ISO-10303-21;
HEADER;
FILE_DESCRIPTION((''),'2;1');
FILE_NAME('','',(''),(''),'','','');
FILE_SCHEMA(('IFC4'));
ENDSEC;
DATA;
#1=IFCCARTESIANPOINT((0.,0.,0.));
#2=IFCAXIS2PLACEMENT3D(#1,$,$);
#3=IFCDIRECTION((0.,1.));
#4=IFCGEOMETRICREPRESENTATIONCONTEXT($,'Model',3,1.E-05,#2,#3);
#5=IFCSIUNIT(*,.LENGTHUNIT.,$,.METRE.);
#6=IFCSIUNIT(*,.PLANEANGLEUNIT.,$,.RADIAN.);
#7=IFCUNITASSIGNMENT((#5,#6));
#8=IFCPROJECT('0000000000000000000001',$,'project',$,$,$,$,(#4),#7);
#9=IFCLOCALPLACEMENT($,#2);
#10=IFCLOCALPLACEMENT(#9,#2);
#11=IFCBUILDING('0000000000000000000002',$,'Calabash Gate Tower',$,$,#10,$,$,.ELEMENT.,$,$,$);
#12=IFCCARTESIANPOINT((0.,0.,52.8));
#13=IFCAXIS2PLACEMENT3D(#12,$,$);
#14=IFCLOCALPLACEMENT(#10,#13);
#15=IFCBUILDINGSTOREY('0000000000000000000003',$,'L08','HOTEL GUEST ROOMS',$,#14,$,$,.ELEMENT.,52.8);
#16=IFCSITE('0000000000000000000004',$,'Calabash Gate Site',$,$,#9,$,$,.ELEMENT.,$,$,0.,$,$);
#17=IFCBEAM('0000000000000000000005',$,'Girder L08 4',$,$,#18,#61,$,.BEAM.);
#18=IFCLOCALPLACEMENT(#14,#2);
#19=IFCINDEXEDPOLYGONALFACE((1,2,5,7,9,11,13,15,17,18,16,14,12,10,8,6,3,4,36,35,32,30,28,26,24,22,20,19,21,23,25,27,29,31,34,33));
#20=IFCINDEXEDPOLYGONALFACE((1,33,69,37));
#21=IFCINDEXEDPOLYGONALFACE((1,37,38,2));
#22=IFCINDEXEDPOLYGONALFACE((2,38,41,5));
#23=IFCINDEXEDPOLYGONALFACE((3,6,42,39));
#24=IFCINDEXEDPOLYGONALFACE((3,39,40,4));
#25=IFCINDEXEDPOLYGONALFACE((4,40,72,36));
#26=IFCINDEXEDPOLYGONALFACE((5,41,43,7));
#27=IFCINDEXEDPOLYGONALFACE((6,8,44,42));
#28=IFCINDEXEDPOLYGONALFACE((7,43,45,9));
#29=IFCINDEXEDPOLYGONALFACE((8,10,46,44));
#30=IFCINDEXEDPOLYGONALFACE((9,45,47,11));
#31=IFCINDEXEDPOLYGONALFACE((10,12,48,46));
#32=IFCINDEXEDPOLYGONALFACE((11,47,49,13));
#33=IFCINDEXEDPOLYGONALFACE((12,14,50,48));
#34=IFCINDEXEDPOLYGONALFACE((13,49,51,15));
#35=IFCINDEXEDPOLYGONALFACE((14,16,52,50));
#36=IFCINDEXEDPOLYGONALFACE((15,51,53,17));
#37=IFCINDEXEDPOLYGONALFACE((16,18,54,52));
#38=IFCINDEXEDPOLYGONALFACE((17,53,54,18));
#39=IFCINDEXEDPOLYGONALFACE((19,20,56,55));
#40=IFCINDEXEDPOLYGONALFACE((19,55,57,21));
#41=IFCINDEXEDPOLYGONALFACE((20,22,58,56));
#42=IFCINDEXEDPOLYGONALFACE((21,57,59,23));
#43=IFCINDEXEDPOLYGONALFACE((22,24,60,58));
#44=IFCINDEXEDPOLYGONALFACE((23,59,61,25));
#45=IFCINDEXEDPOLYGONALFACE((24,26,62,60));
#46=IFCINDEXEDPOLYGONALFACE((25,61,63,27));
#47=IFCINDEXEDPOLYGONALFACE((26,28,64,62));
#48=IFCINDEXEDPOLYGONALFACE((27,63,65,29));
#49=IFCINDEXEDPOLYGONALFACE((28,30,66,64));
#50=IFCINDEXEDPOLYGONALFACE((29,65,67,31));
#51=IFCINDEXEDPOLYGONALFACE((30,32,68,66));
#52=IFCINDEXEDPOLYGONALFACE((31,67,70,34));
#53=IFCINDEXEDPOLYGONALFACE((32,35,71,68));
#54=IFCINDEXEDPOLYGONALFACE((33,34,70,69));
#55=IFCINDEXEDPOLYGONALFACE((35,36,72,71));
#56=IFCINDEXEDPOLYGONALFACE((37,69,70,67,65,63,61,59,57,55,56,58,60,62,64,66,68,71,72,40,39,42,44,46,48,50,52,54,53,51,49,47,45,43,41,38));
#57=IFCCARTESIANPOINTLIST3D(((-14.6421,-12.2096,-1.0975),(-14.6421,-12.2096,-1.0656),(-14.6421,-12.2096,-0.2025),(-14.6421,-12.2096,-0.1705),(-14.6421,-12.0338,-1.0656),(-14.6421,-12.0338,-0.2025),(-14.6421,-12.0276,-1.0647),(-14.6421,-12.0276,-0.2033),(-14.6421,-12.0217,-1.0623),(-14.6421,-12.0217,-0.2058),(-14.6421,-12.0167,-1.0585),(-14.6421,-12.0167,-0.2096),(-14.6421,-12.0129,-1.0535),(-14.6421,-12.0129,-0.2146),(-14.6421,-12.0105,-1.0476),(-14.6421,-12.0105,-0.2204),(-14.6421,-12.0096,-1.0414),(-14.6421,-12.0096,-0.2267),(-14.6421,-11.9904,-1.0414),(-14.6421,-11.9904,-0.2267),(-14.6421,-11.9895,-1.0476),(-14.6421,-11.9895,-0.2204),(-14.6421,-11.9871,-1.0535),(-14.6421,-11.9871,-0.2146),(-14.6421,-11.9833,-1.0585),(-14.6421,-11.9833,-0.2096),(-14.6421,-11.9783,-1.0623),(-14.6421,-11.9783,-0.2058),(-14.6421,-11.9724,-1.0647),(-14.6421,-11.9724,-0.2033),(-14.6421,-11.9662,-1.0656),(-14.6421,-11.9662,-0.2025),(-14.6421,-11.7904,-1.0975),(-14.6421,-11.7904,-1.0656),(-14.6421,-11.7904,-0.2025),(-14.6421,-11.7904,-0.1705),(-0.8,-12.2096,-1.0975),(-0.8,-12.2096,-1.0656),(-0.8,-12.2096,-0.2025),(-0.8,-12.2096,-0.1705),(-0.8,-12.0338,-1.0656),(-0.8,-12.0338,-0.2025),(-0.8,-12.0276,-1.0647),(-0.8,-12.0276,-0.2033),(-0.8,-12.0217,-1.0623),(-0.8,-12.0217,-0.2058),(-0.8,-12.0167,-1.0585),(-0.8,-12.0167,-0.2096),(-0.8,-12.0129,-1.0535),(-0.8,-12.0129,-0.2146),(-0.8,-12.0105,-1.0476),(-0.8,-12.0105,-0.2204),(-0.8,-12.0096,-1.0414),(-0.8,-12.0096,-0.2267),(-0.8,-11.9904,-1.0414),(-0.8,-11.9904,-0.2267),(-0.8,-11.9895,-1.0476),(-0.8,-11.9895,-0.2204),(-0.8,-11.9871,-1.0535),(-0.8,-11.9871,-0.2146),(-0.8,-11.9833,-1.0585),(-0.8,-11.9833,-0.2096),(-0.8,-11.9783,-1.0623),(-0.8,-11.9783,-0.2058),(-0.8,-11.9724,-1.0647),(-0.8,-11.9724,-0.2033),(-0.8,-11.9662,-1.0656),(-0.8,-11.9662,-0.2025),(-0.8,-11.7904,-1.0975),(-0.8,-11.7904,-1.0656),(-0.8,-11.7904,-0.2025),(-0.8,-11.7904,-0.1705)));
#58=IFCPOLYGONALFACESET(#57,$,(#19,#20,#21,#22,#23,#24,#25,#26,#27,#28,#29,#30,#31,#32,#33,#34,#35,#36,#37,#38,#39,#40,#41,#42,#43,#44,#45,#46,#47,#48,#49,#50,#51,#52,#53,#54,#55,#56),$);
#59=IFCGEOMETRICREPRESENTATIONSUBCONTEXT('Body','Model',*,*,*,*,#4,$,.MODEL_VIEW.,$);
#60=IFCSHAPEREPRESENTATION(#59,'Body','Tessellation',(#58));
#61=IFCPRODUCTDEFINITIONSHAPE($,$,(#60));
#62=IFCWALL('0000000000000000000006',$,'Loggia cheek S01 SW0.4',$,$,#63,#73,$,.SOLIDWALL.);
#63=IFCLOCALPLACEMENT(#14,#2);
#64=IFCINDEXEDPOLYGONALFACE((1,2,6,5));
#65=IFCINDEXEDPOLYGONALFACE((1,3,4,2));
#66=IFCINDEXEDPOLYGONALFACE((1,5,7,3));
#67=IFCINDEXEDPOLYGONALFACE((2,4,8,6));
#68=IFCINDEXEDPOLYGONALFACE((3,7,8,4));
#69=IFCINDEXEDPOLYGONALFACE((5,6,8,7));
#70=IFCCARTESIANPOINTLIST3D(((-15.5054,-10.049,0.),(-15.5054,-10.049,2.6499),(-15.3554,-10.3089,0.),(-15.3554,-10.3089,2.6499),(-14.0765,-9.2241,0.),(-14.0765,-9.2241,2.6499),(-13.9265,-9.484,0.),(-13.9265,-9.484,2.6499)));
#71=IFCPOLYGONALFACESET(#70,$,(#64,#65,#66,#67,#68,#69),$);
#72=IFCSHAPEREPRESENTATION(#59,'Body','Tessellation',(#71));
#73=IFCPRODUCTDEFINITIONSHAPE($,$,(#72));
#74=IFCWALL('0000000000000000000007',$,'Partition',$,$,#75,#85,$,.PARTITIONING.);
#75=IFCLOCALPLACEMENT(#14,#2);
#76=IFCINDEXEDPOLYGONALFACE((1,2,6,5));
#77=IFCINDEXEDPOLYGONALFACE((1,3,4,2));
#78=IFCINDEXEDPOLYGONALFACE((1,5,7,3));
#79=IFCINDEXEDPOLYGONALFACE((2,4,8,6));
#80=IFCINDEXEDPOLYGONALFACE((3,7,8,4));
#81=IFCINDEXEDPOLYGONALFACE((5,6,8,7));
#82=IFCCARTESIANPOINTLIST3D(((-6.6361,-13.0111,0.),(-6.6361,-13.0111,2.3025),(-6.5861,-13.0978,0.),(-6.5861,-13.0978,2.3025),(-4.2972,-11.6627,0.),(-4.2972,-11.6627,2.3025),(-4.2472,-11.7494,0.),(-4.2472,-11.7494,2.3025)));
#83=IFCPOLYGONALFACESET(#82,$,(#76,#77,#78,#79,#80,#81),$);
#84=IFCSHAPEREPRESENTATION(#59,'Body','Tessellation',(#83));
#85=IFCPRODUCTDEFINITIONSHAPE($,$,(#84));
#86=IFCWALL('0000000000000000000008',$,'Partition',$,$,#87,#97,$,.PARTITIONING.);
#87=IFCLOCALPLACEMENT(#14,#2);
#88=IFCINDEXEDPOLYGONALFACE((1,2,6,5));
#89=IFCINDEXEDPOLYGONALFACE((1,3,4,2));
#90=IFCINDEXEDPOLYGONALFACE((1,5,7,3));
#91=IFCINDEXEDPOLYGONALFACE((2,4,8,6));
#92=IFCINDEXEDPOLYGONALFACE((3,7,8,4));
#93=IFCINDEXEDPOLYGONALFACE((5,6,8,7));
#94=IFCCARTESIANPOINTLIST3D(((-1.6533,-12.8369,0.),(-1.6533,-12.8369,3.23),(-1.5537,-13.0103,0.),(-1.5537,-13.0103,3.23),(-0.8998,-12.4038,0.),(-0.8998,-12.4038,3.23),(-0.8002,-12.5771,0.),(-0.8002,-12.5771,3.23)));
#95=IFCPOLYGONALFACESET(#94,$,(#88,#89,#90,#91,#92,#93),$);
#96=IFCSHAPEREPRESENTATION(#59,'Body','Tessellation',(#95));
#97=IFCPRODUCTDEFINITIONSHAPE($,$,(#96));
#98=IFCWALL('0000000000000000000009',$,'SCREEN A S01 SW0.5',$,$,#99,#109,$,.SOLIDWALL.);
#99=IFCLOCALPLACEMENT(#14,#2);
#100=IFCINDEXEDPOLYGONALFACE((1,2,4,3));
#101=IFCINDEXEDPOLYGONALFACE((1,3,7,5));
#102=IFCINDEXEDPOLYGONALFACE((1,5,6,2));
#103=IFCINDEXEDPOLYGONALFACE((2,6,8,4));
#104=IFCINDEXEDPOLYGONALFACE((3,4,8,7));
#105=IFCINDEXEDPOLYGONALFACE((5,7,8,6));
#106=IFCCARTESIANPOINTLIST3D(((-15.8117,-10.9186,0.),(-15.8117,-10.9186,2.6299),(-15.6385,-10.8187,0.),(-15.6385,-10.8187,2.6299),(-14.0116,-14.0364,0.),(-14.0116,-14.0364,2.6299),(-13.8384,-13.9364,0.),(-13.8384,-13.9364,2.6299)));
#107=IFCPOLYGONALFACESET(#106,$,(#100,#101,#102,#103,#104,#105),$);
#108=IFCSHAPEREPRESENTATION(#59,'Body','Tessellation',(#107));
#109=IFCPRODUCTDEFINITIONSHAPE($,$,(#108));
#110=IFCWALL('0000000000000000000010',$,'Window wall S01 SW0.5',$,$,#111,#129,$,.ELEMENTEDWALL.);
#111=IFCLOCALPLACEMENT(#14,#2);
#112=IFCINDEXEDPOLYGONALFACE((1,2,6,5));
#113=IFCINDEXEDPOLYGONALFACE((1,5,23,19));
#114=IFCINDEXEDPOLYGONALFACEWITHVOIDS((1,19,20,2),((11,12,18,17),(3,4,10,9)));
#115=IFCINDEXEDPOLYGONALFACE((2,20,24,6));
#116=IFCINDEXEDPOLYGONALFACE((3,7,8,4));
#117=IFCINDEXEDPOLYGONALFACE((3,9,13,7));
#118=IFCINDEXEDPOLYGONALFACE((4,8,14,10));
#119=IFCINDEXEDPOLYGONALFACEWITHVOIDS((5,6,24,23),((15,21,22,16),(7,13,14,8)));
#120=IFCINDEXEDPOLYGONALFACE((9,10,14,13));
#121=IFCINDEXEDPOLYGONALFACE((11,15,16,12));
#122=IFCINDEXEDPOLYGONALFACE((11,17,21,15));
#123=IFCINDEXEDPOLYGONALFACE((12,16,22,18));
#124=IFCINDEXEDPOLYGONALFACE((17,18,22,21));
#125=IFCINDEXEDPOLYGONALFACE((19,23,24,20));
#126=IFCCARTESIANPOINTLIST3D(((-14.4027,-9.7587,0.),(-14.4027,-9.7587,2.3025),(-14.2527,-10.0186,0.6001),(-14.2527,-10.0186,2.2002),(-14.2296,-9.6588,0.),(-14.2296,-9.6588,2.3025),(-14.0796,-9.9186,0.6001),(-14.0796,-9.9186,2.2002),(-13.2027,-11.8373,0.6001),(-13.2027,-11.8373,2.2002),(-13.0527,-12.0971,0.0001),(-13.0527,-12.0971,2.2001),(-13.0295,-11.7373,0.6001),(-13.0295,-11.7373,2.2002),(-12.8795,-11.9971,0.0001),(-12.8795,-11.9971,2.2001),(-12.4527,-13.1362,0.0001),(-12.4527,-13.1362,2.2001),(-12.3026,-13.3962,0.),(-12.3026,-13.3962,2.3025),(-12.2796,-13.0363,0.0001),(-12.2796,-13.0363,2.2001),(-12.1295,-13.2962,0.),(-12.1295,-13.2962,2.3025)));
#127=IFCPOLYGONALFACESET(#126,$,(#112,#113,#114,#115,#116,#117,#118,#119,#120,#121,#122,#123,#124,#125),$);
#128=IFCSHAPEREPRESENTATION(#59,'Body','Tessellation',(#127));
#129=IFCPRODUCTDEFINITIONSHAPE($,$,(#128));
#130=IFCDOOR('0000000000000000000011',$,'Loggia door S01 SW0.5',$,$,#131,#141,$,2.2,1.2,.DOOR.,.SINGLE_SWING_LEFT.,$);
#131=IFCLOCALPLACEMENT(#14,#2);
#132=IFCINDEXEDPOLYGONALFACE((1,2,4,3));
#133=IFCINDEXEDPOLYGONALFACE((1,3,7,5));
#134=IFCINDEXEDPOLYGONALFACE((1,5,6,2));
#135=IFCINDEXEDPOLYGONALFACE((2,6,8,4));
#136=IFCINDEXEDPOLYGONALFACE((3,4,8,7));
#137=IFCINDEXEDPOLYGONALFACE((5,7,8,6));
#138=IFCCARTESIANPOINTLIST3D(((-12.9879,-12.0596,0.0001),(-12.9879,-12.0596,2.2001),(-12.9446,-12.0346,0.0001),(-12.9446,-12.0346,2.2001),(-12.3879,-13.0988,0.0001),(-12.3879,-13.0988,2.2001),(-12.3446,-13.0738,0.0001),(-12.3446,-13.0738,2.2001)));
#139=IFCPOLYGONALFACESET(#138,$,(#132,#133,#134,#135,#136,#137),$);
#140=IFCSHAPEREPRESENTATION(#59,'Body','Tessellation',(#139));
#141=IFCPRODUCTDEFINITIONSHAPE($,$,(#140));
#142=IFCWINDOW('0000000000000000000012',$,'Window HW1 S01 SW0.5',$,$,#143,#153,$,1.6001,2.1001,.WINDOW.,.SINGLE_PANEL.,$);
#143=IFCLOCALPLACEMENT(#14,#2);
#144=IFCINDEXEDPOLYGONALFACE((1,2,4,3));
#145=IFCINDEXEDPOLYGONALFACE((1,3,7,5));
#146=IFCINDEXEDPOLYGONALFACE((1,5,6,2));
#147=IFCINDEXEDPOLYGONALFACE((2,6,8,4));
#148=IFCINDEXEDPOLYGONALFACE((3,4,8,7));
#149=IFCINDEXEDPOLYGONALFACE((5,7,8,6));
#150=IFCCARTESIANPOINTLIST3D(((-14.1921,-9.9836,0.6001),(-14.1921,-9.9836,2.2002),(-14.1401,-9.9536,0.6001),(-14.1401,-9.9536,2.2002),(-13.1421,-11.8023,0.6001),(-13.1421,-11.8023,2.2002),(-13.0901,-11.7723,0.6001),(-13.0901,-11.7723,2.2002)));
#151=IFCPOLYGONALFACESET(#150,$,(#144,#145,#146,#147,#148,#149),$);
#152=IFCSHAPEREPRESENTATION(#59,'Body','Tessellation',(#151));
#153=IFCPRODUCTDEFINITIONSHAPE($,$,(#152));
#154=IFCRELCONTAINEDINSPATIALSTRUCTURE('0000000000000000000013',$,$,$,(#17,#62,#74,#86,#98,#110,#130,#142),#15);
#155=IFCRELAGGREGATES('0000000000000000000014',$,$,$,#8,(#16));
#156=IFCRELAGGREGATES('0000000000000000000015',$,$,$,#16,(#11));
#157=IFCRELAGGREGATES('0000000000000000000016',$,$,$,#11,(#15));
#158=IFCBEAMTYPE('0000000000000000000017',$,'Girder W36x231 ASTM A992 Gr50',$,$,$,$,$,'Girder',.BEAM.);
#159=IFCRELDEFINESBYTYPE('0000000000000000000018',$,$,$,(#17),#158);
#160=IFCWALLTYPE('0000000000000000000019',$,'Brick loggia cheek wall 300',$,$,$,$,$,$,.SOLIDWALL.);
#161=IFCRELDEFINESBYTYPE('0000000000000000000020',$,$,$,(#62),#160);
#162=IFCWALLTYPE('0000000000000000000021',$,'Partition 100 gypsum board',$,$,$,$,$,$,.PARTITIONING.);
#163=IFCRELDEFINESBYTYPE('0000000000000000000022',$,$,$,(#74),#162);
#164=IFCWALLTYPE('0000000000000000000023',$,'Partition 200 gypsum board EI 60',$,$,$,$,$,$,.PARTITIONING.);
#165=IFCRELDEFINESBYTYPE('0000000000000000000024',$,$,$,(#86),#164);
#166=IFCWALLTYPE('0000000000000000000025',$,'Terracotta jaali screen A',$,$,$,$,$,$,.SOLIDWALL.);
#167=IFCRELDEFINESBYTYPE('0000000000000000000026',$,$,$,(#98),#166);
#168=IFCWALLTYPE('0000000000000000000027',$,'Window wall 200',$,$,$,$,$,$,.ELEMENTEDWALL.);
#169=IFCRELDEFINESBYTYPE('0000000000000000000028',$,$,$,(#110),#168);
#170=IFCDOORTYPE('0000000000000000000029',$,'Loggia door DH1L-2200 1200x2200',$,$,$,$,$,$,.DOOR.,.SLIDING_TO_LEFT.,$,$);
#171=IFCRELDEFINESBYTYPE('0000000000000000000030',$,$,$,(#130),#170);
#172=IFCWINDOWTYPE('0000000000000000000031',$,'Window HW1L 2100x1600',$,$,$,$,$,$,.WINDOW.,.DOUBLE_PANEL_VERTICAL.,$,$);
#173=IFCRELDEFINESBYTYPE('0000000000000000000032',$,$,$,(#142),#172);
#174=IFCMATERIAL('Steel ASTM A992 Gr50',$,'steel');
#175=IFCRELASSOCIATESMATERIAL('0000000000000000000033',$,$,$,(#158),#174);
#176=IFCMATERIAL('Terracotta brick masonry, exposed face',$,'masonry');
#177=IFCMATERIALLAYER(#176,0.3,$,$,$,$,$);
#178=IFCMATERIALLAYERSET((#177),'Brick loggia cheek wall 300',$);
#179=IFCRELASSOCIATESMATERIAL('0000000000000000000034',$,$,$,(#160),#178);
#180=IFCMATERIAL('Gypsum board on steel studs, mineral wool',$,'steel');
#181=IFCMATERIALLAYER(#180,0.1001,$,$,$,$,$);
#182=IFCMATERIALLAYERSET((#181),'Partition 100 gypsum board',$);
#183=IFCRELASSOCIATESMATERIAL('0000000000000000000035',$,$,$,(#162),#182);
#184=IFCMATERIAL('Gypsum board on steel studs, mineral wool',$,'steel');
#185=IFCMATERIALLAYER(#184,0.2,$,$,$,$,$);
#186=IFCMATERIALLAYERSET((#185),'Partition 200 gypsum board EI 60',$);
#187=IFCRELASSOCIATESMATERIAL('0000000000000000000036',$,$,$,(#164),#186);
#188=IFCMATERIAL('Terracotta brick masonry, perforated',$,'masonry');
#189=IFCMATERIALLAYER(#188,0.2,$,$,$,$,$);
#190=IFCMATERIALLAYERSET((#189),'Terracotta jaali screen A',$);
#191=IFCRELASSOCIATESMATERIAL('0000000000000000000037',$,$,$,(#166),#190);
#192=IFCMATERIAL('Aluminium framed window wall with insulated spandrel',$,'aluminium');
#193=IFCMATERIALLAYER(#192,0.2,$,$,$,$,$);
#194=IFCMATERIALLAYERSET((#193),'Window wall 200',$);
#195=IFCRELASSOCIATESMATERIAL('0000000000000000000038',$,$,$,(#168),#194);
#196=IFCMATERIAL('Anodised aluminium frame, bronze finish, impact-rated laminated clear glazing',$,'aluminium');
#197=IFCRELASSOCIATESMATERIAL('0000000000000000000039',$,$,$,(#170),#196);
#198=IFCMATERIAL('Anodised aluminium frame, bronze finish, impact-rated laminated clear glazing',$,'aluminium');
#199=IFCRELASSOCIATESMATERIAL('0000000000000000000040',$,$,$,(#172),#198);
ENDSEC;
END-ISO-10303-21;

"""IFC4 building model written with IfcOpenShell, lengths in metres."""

from ifc_helpers import new_model, si_unit, direction, frame, frame_2d, origin, origin_2d, place, context, subcontext, project, spatial, rectangle, i_section, extrude, material, layer, layer_set, material_profile, profile_set, type_object, element, fill, save


model = new_model("IFC4")

# Units and contexts
model_context = context("Model", 3, precision=1e-05, world=origin(), true_north=direction((0.0, 1.0)))
body_context = subcontext(model_context, "Body", "Model", "MODEL_VIEW")
ifc_project = project(units=[si_unit("LENGTHUNIT", "METRE"), si_unit("PLANEANGLEUNIT", "RADIAN")], contexts=[model_context])

# Site, building, storey
site_placement = place(None, origin())
site = spatial("IfcSite", under=ifc_project, at=site_placement, Name="Calabash Gate Site", CompositionType="ELEMENT", RefElevation=0.0)
building_placement = place(site_placement, origin())
building = spatial("IfcBuilding", under=site, at=building_placement, Name="Calabash Gate Tower", CompositionType="ELEMENT")
storey_placement = place(building_placement, frame((0.0, 0.0, 52.8)))
storey = spatial("IfcBuildingStorey", under=building, at=storey_placement, Name="L08", Description="HOTEL GUEST ROOMS", CompositionType="ELEMENT", Elevation=52.8)

# Beam
ifc_material_1 = material(Name="Steel ASTM A992 Gr50", Category="steel")
ifc_material_profile_1 = material_profile(ifc_material_1, i_section(OverallWidth=0.4192, OverallDepth=0.927, WebThickness=0.0193, FlangeThickness=0.032, FilletRadius=0.0242, at=origin_2d()))
ifc_profile_set_1 = profile_set([ifc_material_profile_1], Name="Steel ASTM A992 Gr50")
beam_type_1 = type_object("IfcBeamType", Name="Girder W36x231 ASTM A992 Gr50", ElementType="Girder", PredefinedType="BEAM", material=ifc_profile_set_1)
beam_1_placement = place(storey_placement, frame((-14.6421, -12.0, -0.634), z_axis=(1.0, 0.0, 0.0), x_axis=(0.0, 1.0, 0.0)))
element("IfcBeam", 1, at=beam_1_placement, inside=storey, type_object=beam_type_1, Name="Girder L08 4", PredefinedType="BEAM", context=body_context, shape_type="SweptSolid", body=[
    extrude(i_section(OverallWidth=0.4192, OverallDepth=0.927, WebThickness=0.0193, FlangeThickness=0.032, FilletRadius=0.0242, at=origin_2d()), origin(), (0.0, 0.0, 1.0), 13.842),
])

# Walls
ifc_material_2 = material(Name="Terracotta brick masonry, exposed face", Category="masonry")
ifc_layer_1 = layer(ifc_material_2, 0.3)
ifc_layer_set_1 = layer_set([ifc_layer_1], Name="Brick loggia cheek wall 300")
wall_type_1 = type_object("IfcWallType", Name="Brick loggia cheek wall 300", PredefinedType="SOLIDWALL", material=ifc_layer_set_1)
wall_1_placement = place(storey_placement, frame((-15.4304, -10.179, 0.0), z_axis=(0.0, 0.0, 1.0), x_axis=(0.86604, 0.499974, 0.0)))
element("IfcWall", 2, at=wall_1_placement, inside=storey, type_object=wall_type_1, Name="Loggia cheek S01 SW0.4", PredefinedType="SOLIDWALL", context=body_context, shape_type="SweptSolid", body=[
    extrude(rectangle(XDim=1.6499, YDim=0.3, at=frame_2d((0.825, 0.0))), origin(), (0.0, 0.0, 1.0), 2.6499),
])
ifc_material_3 = material(Name="Gypsum board on steel studs, mineral wool", Category="steel")
ifc_layer_2 = layer(ifc_material_3, 0.1001)
ifc_layer_set_2 = layer_set([ifc_layer_2], Name="Partition 100 gypsum board")
wall_type_2 = type_object("IfcWallType", Name="Partition 100 gypsum board", PredefinedType="PARTITIONING", material=ifc_layer_set_2)
wall_2_placement = place(storey_placement, frame((-6.6111, -13.0544, 0.0), z_axis=(0.0, 0.0, 1.0), x_axis=(0.866339, 0.499456, 0.0)))
element("IfcWall", 3, at=wall_2_placement, inside=storey, type_object=wall_type_2, Name="Partition", PredefinedType="PARTITIONING", context=body_context, shape_type="SweptSolid", body=[
    extrude(rectangle(XDim=2.6997, YDim=0.1001, at=frame_2d((1.3499, 0.0))), origin(), (0.0, 0.0, 1.0), 2.3025),
])
ifc_material_4 = material(Name="Gypsum board on steel studs, mineral wool", Category="steel")
ifc_layer_3 = layer(ifc_material_4, 0.2)
ifc_layer_set_3 = layer_set([ifc_layer_3], Name="Partition 200 gypsum board EI 60")
wall_type_3 = type_object("IfcWallType", Name="Partition 200 gypsum board EI 60", PredefinedType="PARTITIONING", material=ifc_layer_set_3)
wall_3_placement = place(storey_placement, frame((-1.6035, -12.9236, 0.0), z_axis=(0.0, 0.0, 1.0), x_axis=(0.866961, 0.498376, 0.0)))
element("IfcWall", 4, at=wall_3_placement, inside=storey, type_object=wall_type_3, Name="Partition", PredefinedType="PARTITIONING", context=body_context, shape_type="SweptSolid", body=[
    extrude(rectangle(XDim=0.8691, YDim=0.2, at=frame_2d((0.4346, 0.0))), origin(), (0.0, 0.0, 1.0), 3.23),
])
ifc_material_5 = material(Name="Terracotta brick masonry, perforated", Category="masonry")
ifc_layer_4 = layer(ifc_material_5, 0.2)
ifc_layer_set_4 = layer_set([ifc_layer_4], Name="Terracotta jaali screen A")
wall_type_4 = type_object("IfcWallType", Name="Terracotta jaali screen A", PredefinedType="SOLIDWALL", material=ifc_layer_set_4)
wall_4_placement = place(storey_placement, frame((-15.7251, -10.8687, 0.0), z_axis=(0.0, 0.0, 1.0), x_axis=(0.500012, -0.866018, 0.0)))
element("IfcWall", 5, at=wall_4_placement, inside=storey, type_object=wall_type_4, Name="SCREEN A S01 SW0.5", PredefinedType="SOLIDWALL", context=body_context, shape_type="SweptSolid", body=[
    extrude(rectangle(XDim=3.6001, YDim=0.2, at=frame_2d((1.8, 0.0))), origin(), (0.0, 0.0, 1.0), 2.6299),
])

# Wall, openings, door, window
ifc_material_6 = material(Name="Aluminium framed window wall with insulated spandrel", Category="aluminium")
ifc_layer_5 = layer(ifc_material_6, 0.2)
ifc_layer_set_5 = layer_set([ifc_layer_5], Name="Window wall 200")
wall_type_5 = type_object("IfcWallType", Name="Window wall 200", PredefinedType="ELEMENTEDWALL", material=ifc_layer_set_5)
wall_5_placement = place(storey_placement, frame((-14.3162, -9.7087, 0.0), z_axis=(0.0, 0.0, 1.0), x_axis=(0.500003, -0.866024, 0.0)))
wall_5 = element("IfcWall", 6, at=wall_5_placement, inside=storey, type_object=wall_type_5, Name="Window wall S01 SW0.5", PredefinedType="ELEMENTEDWALL", context=body_context, shape_type="SweptSolid", body=[
    extrude(rectangle(XDim=4.2002, YDim=0.2, at=frame_2d((2.1001, 0.0))), origin(), (0.0, 0.0, 1.0), 2.3025),
])
opening_1_placement = place(wall_5_placement, frame((0.3, 0.0, 0.6001)))
opening_1 = element("IfcOpeningElement", 7, at=opening_1_placement, cuts=wall_5, PredefinedType="OPENING", context=body_context, shape_type="SweptSolid", body=[
    extrude(rectangle(XDim=2.1001, YDim=1.6001, at=frame_2d((1.05, 0.8))), frame((0.0, 0.1099, 0.0), z_axis=(0.0, -1.0, 0.0), x_axis=(1.0, 0.0, 0.0)), (0.0, 0.0, 1.0), 0.22),
])
opening_2_placement = place(wall_5_placement, frame((2.7, 0.0, 0.0)))
opening_2 = element("IfcOpeningElement", 8, at=opening_2_placement, cuts=wall_5, PredefinedType="OPENING", context=body_context, shape_type="SweptSolid", body=[
    extrude(rectangle(XDim=1.2, YDim=2.2, at=frame_2d((0.6001, 1.1001))), frame((0.0, 0.1099, 0.0), z_axis=(0.0, -1.0, 0.0), x_axis=(1.0, 0.0, 0.0)), (0.0, 0.0, 1.0), 0.22),
])
ifc_material_7 = material(Name="Anodised aluminium frame, bronze finish, impact-rated laminated clear glazing", Category="aluminium")
door_type = type_object("IfcDoorType", Name="Loggia door DH1L-2200 1200x2200", OperationType="SLIDING_TO_LEFT", PredefinedType="DOOR", material=ifc_material_7)
door_placement = place(opening_2_placement, origin())
door = element("IfcDoor", 9, at=door_placement, inside=storey, type_object=door_type, Name="Loggia door S01 SW0.5", OperationType="SINGLE_SWING_LEFT", OverallHeight=2.2, OverallWidth=1.2, PredefinedType="DOOR", context=body_context, shape_type="SweptSolid", body=[
    extrude(rectangle(XDim=1.2, YDim=2.2, at=frame_2d((0.6001, 1.1001))), frame((0.0, 0.0249, 0.0), z_axis=(0.0, -1.0, 0.0), x_axis=(1.0, 0.0, 0.0)), (0.0, 0.0, 1.0), 0.05),
])
fill(opening_2, door)
ifc_material_8 = material(Name="Anodised aluminium frame, bronze finish, impact-rated laminated clear glazing", Category="aluminium")
window_type = type_object("IfcWindowType", Name="Window HW1L 2100x1600", PartitioningType="DOUBLE_PANEL_VERTICAL", PredefinedType="WINDOW", material=ifc_material_8)
window_placement = place(opening_1_placement, origin())
window = element("IfcWindow", 10, at=window_placement, inside=storey, type_object=window_type, Name="Window HW1 S01 SW0.5", OverallHeight=1.6001, OverallWidth=2.1001, PartitioningType="SINGLE_PANEL", PredefinedType="WINDOW", context=body_context, shape_type="SweptSolid", body=[
    extrude(rectangle(XDim=2.1001, YDim=1.6001, at=frame_2d((1.05, 0.8))), frame((0.0, 0.03, 0.0), z_axis=(0.0, -1.0, 0.0), x_axis=(1.0, 0.0, 0.0)), (0.0, 0.0, 1.0), 0.0601),
])
fill(opening_1, window)

save(model, "model.ifc")
